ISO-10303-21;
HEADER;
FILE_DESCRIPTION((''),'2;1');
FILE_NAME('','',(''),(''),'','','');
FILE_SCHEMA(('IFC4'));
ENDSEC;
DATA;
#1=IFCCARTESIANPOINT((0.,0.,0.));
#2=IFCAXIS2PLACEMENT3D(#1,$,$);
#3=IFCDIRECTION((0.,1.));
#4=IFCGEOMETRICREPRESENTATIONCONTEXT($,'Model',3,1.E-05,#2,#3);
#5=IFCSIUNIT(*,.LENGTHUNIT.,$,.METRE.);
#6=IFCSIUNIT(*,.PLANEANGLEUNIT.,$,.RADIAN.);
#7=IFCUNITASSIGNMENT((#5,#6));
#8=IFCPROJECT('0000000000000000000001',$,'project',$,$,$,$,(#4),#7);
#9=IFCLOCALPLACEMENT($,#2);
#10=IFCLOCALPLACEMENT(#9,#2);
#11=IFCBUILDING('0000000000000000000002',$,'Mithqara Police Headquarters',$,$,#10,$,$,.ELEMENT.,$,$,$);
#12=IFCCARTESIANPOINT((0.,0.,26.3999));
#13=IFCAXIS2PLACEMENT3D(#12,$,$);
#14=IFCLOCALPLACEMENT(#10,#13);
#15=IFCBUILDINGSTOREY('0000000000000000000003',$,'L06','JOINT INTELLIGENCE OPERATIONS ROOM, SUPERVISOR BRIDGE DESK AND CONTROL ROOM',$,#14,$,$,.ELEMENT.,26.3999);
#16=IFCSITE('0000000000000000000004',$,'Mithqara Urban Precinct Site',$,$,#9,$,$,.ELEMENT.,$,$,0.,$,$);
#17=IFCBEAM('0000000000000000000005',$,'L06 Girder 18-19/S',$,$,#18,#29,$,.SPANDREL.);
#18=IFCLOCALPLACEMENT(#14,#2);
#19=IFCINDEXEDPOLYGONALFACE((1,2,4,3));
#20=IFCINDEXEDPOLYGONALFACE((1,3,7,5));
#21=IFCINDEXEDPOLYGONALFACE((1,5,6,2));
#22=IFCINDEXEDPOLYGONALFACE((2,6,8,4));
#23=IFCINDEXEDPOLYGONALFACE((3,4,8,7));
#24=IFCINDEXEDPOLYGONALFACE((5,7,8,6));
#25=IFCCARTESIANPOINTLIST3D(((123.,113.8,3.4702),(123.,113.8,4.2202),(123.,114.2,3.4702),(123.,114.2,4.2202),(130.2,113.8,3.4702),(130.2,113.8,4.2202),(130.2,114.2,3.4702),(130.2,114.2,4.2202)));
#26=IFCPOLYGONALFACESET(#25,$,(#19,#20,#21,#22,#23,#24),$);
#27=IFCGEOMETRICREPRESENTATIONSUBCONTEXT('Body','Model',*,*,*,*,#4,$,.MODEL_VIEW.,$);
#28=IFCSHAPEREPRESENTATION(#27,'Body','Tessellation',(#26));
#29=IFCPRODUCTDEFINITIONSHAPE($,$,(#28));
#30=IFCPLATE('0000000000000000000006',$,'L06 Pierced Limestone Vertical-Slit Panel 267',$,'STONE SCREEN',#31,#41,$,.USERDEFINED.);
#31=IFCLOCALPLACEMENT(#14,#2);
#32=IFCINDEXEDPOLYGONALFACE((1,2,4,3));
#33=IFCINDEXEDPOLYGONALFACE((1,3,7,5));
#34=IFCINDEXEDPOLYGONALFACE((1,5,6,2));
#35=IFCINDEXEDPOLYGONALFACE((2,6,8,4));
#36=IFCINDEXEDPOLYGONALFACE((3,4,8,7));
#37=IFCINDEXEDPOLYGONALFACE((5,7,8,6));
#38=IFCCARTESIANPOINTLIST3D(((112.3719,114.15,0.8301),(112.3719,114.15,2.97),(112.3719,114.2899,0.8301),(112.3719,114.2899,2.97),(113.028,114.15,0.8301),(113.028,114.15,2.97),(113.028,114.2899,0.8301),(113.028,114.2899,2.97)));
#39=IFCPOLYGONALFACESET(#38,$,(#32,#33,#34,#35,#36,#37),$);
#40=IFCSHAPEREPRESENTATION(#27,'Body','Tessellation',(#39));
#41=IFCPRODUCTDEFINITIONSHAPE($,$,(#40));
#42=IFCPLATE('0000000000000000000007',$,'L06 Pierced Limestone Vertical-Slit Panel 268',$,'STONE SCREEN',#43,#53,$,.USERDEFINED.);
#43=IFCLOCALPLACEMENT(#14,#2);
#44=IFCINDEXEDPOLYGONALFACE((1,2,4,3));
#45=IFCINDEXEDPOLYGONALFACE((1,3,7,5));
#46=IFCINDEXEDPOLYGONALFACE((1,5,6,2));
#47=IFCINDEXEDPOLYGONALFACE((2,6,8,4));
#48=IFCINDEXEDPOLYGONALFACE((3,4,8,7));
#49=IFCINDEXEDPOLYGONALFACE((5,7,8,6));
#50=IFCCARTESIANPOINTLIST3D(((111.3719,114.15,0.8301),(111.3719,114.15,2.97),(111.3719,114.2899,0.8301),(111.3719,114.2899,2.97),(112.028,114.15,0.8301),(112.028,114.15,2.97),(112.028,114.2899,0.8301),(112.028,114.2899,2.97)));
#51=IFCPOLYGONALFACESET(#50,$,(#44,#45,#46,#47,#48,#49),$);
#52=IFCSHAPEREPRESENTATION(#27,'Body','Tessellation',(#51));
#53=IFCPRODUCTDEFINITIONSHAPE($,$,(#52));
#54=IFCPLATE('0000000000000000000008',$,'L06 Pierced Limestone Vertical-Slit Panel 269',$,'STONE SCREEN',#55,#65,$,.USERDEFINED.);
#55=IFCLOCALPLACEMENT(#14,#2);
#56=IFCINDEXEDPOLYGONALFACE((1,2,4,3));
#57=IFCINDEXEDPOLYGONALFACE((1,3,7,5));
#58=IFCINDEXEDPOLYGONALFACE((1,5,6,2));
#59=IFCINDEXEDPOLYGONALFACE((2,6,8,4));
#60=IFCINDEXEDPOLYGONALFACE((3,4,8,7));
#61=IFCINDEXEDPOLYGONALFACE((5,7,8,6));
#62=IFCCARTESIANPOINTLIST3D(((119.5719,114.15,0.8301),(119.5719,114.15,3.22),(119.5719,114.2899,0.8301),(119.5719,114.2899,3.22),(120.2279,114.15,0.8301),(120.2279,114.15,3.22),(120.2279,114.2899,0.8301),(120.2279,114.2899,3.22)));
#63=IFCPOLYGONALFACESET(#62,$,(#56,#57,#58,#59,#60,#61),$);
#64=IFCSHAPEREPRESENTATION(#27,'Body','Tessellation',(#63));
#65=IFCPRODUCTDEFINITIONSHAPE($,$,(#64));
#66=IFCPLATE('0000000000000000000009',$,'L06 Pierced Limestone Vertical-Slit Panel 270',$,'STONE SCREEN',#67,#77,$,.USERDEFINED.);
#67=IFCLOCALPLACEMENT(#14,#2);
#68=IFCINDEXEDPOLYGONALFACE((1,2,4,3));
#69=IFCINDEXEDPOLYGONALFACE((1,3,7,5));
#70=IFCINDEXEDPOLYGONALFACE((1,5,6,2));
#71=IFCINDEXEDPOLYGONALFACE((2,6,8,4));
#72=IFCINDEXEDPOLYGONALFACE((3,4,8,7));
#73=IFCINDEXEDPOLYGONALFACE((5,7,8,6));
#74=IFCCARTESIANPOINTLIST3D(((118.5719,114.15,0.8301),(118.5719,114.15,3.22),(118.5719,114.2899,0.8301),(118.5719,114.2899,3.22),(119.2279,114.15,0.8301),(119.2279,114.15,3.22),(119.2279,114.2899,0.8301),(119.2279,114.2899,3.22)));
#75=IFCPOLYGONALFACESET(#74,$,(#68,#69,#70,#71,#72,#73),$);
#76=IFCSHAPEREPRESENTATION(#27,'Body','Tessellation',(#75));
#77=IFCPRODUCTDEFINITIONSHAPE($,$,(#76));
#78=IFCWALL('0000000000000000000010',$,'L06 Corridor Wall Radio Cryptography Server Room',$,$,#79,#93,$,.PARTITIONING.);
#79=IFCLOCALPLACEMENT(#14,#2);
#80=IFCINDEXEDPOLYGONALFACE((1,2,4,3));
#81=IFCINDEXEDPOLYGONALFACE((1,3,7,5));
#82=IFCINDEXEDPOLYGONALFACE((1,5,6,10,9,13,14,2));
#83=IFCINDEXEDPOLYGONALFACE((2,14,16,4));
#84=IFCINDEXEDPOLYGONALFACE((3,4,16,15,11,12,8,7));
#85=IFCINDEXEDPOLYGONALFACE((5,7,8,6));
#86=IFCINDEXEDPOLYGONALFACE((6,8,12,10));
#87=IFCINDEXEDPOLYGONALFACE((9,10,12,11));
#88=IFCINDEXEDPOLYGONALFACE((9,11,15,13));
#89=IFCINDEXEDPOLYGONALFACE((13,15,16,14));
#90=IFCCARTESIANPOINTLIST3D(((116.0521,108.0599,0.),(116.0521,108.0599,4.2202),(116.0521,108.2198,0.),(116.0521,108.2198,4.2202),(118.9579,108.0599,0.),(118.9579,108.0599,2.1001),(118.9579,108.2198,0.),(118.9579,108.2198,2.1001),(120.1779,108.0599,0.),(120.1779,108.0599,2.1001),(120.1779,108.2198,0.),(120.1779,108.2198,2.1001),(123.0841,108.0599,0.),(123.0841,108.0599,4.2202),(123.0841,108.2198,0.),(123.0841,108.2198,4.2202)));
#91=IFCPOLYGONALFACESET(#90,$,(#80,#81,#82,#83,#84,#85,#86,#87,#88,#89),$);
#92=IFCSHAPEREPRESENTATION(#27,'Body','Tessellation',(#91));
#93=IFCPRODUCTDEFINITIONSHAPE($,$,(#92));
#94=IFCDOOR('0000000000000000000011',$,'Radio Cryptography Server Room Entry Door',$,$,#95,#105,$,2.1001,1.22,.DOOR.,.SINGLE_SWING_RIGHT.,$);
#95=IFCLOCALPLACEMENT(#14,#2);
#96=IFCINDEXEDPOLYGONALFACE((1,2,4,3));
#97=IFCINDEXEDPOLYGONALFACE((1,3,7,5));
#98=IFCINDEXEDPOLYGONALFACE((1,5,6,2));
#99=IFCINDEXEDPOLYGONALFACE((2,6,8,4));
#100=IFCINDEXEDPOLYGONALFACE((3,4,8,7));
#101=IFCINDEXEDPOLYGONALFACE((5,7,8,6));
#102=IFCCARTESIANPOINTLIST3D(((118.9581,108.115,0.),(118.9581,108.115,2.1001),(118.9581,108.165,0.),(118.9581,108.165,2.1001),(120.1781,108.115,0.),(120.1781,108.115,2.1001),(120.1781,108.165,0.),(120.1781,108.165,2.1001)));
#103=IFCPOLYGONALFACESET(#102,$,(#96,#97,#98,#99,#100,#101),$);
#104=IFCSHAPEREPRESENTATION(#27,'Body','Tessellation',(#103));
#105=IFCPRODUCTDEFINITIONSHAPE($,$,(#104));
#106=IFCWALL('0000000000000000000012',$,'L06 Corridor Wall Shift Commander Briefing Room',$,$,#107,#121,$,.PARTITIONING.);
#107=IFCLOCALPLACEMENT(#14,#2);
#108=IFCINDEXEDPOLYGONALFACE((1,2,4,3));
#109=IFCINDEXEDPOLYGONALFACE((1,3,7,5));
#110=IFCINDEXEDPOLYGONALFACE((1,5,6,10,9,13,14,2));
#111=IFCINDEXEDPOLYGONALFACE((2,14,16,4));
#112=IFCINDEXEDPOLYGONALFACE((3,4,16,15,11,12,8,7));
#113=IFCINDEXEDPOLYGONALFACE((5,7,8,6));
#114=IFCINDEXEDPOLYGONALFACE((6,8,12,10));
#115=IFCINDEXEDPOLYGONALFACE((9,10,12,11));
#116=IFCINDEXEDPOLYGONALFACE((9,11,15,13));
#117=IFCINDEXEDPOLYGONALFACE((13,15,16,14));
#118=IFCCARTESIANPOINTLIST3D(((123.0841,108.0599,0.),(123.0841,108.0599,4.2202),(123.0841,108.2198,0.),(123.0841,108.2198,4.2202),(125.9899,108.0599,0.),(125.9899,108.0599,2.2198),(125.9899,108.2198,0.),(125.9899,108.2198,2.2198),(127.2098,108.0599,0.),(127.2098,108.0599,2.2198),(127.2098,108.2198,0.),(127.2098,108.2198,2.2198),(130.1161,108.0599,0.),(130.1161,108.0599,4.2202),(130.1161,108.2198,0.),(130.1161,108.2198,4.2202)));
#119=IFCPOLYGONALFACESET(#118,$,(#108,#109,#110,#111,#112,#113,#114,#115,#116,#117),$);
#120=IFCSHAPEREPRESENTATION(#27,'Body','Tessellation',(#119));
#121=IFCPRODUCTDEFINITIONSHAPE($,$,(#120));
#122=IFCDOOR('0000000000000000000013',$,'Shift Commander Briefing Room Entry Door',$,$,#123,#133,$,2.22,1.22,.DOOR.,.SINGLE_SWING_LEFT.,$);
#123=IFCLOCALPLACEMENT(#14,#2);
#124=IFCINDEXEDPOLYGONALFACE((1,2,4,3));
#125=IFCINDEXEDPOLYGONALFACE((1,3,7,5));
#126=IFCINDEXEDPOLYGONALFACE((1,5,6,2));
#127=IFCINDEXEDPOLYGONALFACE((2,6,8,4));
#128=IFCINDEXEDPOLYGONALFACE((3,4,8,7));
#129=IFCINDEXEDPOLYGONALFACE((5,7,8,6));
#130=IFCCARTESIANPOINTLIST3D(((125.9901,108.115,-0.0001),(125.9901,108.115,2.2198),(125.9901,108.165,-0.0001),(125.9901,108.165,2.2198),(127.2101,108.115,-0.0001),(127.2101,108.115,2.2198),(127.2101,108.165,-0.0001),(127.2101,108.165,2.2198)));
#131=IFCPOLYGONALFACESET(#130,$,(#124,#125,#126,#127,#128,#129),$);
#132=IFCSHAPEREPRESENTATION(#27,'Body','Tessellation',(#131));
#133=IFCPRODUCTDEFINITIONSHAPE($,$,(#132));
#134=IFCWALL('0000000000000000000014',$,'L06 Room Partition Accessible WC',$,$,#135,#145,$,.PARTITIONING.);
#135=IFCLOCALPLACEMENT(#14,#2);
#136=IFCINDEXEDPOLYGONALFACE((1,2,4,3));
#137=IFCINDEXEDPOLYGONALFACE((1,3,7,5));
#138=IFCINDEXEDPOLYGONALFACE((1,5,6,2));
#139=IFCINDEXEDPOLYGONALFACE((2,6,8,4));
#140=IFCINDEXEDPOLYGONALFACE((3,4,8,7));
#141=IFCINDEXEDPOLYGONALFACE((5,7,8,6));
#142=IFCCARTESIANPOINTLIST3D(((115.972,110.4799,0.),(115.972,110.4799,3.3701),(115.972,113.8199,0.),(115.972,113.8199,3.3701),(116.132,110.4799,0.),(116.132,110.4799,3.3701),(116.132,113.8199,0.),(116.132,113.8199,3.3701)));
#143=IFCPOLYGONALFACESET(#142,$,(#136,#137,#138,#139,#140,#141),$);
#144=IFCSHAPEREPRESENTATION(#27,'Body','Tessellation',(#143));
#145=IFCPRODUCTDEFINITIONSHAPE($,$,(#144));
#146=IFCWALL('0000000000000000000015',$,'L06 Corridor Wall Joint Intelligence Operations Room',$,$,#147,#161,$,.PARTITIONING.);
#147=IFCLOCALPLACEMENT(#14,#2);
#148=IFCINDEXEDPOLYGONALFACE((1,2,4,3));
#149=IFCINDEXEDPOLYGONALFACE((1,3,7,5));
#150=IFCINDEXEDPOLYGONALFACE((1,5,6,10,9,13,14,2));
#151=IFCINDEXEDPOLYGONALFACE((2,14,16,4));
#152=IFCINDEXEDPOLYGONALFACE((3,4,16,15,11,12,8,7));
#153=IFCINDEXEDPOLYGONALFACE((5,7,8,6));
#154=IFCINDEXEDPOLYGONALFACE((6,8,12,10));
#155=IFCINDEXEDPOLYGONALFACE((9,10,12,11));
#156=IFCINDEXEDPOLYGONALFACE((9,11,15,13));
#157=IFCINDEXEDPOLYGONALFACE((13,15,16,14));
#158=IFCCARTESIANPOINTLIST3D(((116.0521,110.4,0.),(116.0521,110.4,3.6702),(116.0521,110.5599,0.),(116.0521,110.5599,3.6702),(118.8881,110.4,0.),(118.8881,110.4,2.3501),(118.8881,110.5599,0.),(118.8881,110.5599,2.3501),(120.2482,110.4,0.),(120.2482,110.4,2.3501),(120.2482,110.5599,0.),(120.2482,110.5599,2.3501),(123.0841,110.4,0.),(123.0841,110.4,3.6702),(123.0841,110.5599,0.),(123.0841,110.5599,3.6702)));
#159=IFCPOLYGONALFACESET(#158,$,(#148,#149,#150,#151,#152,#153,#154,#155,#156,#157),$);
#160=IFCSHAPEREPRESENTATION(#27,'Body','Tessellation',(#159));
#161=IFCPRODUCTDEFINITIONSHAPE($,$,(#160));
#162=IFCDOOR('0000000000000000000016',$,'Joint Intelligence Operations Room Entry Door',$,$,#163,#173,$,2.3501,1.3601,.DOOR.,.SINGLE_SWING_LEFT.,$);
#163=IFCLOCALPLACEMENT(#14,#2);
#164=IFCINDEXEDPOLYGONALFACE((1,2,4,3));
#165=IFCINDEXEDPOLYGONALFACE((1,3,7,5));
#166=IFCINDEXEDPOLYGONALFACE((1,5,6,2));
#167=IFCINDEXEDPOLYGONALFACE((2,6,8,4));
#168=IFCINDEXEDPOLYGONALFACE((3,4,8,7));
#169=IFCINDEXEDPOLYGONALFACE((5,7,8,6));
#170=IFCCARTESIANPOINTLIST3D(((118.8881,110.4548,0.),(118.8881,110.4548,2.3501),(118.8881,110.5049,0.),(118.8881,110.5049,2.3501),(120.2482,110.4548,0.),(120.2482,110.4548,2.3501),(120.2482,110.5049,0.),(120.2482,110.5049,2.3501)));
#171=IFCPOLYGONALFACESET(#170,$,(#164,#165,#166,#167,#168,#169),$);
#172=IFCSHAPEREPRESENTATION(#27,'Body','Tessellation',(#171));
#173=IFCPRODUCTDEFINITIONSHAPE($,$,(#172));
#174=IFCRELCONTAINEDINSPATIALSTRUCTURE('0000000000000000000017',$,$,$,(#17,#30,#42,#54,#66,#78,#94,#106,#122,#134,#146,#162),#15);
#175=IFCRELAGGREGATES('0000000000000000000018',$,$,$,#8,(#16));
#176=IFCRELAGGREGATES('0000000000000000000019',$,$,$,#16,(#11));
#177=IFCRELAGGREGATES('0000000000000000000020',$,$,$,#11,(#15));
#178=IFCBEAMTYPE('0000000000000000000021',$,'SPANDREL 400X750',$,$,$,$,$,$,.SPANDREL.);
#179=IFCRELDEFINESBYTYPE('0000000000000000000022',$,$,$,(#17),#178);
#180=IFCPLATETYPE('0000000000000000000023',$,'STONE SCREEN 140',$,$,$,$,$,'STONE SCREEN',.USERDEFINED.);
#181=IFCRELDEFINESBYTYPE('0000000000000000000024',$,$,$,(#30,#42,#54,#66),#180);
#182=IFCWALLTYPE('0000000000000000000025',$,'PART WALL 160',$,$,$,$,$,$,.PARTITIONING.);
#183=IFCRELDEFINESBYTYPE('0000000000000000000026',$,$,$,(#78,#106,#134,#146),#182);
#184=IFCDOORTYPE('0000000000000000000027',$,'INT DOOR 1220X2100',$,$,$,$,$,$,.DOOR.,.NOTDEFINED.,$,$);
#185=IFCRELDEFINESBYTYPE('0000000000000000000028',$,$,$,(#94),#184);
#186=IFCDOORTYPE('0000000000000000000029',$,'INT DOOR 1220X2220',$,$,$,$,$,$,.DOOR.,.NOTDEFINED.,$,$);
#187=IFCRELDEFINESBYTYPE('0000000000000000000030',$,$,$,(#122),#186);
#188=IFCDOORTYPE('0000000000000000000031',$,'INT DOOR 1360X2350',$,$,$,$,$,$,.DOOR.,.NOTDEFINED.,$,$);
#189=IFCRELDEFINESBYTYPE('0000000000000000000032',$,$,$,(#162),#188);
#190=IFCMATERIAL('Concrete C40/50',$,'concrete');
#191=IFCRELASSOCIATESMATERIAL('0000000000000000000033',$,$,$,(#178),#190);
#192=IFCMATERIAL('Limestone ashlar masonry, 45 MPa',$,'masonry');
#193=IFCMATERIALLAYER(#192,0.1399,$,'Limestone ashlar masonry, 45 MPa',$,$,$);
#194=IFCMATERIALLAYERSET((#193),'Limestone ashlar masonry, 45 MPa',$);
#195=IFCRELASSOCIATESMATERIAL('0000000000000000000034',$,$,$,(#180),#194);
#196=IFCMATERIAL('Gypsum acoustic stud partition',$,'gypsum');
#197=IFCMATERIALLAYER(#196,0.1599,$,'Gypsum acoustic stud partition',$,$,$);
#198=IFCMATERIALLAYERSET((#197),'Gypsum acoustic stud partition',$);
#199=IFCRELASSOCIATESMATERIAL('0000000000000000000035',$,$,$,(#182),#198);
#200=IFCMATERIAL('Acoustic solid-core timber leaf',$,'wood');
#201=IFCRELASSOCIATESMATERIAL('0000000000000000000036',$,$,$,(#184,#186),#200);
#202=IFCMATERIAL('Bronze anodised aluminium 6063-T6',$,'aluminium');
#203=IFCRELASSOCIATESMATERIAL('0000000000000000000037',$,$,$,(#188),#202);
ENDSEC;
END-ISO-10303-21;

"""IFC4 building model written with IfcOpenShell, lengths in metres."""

from ifc_helpers import new_model, si_unit, direction, frame, frame_2d, origin, origin_2d, place, context, subcontext, project, spatial, rectangle, extrude, material, layer, layer_set, material_profile, profile_set, type_object, element, fill, save


model = new_model("IFC4")

# Units and contexts
model_context = context("Model", 3, precision=1e-05, world=origin(), true_north=direction((0.0, 1.0)))
body_context = subcontext(model_context, "Body", "Model", "MODEL_VIEW")
ifc_project = project(units=[si_unit("LENGTHUNIT", "METRE"), si_unit("PLANEANGLEUNIT", "RADIAN")], contexts=[model_context])

# Site, building, storey
site_placement = place(None, origin())
site = spatial("IfcSite", under=ifc_project, at=site_placement, Name="Mithqara Urban Precinct Site", CompositionType="ELEMENT", RefElevation=0.0)
building_placement = place(site_placement, origin())
building = spatial("IfcBuilding", under=site, at=building_placement, Name="Mithqara Police Headquarters", CompositionType="ELEMENT")
storey_placement = place(building_placement, frame((0.0, 0.0, 26.3999)))
storey = spatial("IfcBuildingStorey", under=building, at=storey_placement, Name="L06", Description="JOINT INTELLIGENCE OPERATIONS ROOM, SUPERVISOR BRIDGE DESK AND CONTROL ROOM", CompositionType="ELEMENT", Elevation=26.3999)

# Beam
ifc_material_1 = material(Name="Concrete C40/50", Category="concrete")
ifc_material_profile_1 = material_profile(ifc_material_1, rectangle(XDim=0.3999, YDim=0.75, at=origin_2d()), Name="SPB 400x750")
ifc_profile_set_1 = profile_set([ifc_material_profile_1], Name="Concrete C40/50")
beam_type_1 = type_object("IfcBeamType", Name="SPANDREL 400X750", PredefinedType="SPANDREL", material=ifc_profile_set_1)
beam_1_placement = place(storey_placement, frame((123.0, 114.0, 3.8452), z_axis=(1.0, 0.0, 0.0), x_axis=(0.0, 1.0, 0.0)))
element("IfcBeam", 1, at=beam_1_placement, inside=storey, type_object=beam_type_1, Name="L06 Girder 18-19/S", PredefinedType="SPANDREL", context=body_context, shape_type="SweptSolid", body=[
    extrude(rectangle(XDim=0.3999, YDim=0.75, at=origin_2d()), origin(), (0.0, 0.0, 1.0), 7.2),
])

# Plates
ifc_material_2 = material(Name="Limestone ashlar masonry, 45 MPa", Category="masonry")
ifc_layer_1 = layer(ifc_material_2, 0.1399, Name="Limestone ashlar masonry, 45 MPa")
ifc_layer_set_1 = layer_set([ifc_layer_1], Name="Limestone ashlar masonry, 45 MPa")
plate_type = type_object("IfcPlateType", Name="STONE SCREEN 140", ElementType="STONE SCREEN", PredefinedType="USERDEFINED", material=ifc_layer_set_1)
for number, where, z_axis, x_axis, name in (
    (2, (112.7, 114.22, 0.8301), (0.0, 0.0, 1.0), (1.0, 0.0, 0.0), "L06 Pierced Limestone Vertical-Slit Panel 267"),
    (3, (111.7, 114.22, 0.8301), (0.0, 0.0, 1.0), (1.0, 0.0, 0.0), "L06 Pierced Limestone Vertical-Slit Panel 268"),
):
    element("IfcPlate", number, at=place(storey_placement, frame(where, z_axis=z_axis, x_axis=x_axis)), inside=storey, type_object=plate_type, Name=name, ObjectType="STONE SCREEN", PredefinedType="USERDEFINED", context=body_context, shape_type="SweptSolid", body=[
        extrude(rectangle(XDim=0.656, YDim=0.1399, at=origin_2d()), origin(), (0.0, 0.0, 1.0), 2.1399),
    ])
for number, where, z_axis, x_axis, name in (
    (4, (119.8999, 114.22, 0.8301), (0.0, 0.0, 1.0), (1.0, 0.0, 0.0), "L06 Pierced Limestone Vertical-Slit Panel 269"),
    (5, (118.8999, 114.22, 0.8301), (0.0, 0.0, 1.0), (1.0, 0.0, 0.0), "L06 Pierced Limestone Vertical-Slit Panel 270"),
):
    element("IfcPlate", number, at=place(storey_placement, frame(where, z_axis=z_axis, x_axis=x_axis)), inside=storey, type_object=plate_type, Name=name, ObjectType="STONE SCREEN", PredefinedType="USERDEFINED", context=body_context, shape_type="SweptSolid", body=[
        extrude(rectangle(XDim=0.656, YDim=0.1399, at=origin_2d()), origin(), (0.0, 0.0, 1.0), 2.3899),
    ])

# Walls, openings, doors
ifc_material_3 = material(Name="Gypsum acoustic stud partition", Category="gypsum")
ifc_layer_2 = layer(ifc_material_3, 0.1599, Name="Gypsum acoustic stud partition")
ifc_layer_set_2 = layer_set([ifc_layer_2], Name="Gypsum acoustic stud partition")
wall_type = type_object("IfcWallType", Name="PART WALL 160", PredefinedType="PARTITIONING", material=ifc_layer_set_2)
wall_1_placement = place(storey_placement, frame((116.052, 108.1399, 0.0), z_axis=(0.0, 0.0, 1.0), x_axis=(1.0, 0.0, 0.0)))
wall_1 = element("IfcWall", 6, at=wall_1_placement, inside=storey, type_object=wall_type, Name="L06 Corridor Wall Radio Cryptography Server Room", PredefinedType="PARTITIONING", context=body_context, shape_type="SweptSolid", body=[
    extrude(rectangle(XDim=7.032, YDim=0.1599, at=frame_2d((3.5161, 0.0))), origin(), (0.0, 0.0, 1.0), 4.2202),
])
opening_1_placement = place(wall_1_placement, frame((2.906, 0.0, 0.0)))
opening_1 = element("IfcOpeningElement", 7, at=opening_1_placement, cuts=wall_1, PredefinedType="OPENING", context=body_context, shape_type="SweptSolid", body=[
    extrude(rectangle(XDim=1.22, YDim=2.1001, at=frame_2d((0.6099, 1.05))), frame((0.0, 0.0898, 0.0), z_axis=(0.0, -1.0, 0.0), x_axis=(1.0, 0.0, 0.0)), (0.0, 0.0, 1.0), 0.1799),
])
ifc_material_4 = material(Name="Acoustic solid-core timber leaf", Category="wood")
door_type_1 = type_object("IfcDoorType", Name="INT DOOR 1220X2100", OperationType="NOTDEFINED", PredefinedType="DOOR", material=ifc_material_4)
door_1_placement = place(opening_1_placement, frame((1.22, 0.0, 0.0), z_axis=(0.0, 0.0, 1.0), x_axis=(-1.0, 0.0, 0.0)))
door_1 = element("IfcDoor", 8, at=door_1_placement, inside=storey, type_object=door_type_1, Name="Radio Cryptography Server Room Entry Door", OperationType="SINGLE_SWING_RIGHT", OverallHeight=2.1001, OverallWidth=1.22, PredefinedType="DOOR", context=body_context, shape_type="SweptSolid", body=[
    extrude(rectangle(XDim=1.22, YDim=2.1001, at=frame_2d((0.6099, 1.05))), frame((0.0, 0.0249, 0.0), z_axis=(0.0, -1.0, 0.0), x_axis=(1.0, 0.0, 0.0)), (0.0, 0.0, 1.0), 0.05),
])
fill(opening_1, door_1)
wall_2_placement = place(storey_placement, frame((123.084, 108.1399, 0.0), z_axis=(0.0, 0.0, 1.0), x_axis=(1.0, 0.0, 0.0)))
wall_2 = element("IfcWall", 9, at=wall_2_placement, inside=storey, type_object=wall_type, Name="L06 Corridor Wall Shift Commander Briefing Room", PredefinedType="PARTITIONING", context=body_context, shape_type="SweptSolid", body=[
    extrude(rectangle(XDim=7.032, YDim=0.1599, at=frame_2d((3.5161, 0.0))), origin(), (0.0, 0.0, 1.0), 4.2202),
])
opening_2_placement = place(wall_2_placement, frame((2.906, 0.0, 0.0)))
opening_2 = element("IfcOpeningElement", 10, at=opening_2_placement, cuts=wall_2, PredefinedType="OPENING", context=body_context, shape_type="SweptSolid", body=[
    extrude(rectangle(XDim=1.22, YDim=2.22, at=frame_2d((0.6099, 1.1099))), frame((0.0, 0.0898, 0.0), z_axis=(0.0, -1.0, 0.0), x_axis=(1.0, 0.0, 0.0)), (0.0, 0.0, 1.0), 0.1799),
])
door_type_2 = type_object("IfcDoorType", Name="INT DOOR 1220X2220", OperationType="NOTDEFINED", PredefinedType="DOOR", material=ifc_material_4)
door_2_placement = place(opening_2_placement, frame((1.22, 0.0, 0.0), z_axis=(0.0, 0.0, 1.0), x_axis=(-1.0, 0.0, 0.0)))
door_2 = element("IfcDoor", 11, at=door_2_placement, inside=storey, type_object=door_type_2, Name="Shift Commander Briefing Room Entry Door", OperationType="SINGLE_SWING_LEFT", OverallHeight=2.22, OverallWidth=1.22, PredefinedType="DOOR", context=body_context, shape_type="SweptSolid", body=[
    extrude(rectangle(XDim=1.22, YDim=2.22, at=frame_2d((0.6099, 1.1099))), frame((0.0, 0.0249, 0.0), z_axis=(0.0, -1.0, 0.0), x_axis=(1.0, 0.0, 0.0)), (0.0, 0.0, 1.0), 0.05),
])
fill(opening_2, door_2)

# Wall
wall_3_placement = place(storey_placement, frame((116.052, 110.48, 0.0), z_axis=(0.0, 0.0, 1.0), x_axis=(0.0, 1.0, 0.0)))
element("IfcWall", 12, at=wall_3_placement, inside=storey, type_object=wall_type, Name="L06 Room Partition Accessible WC", PredefinedType="PARTITIONING", context=body_context, shape_type="SweptSolid", body=[
    extrude(rectangle(XDim=3.3401, YDim=0.1599, at=frame_2d((1.6699, 0.0))), origin(), (0.0, 0.0, 1.0), 3.3701),
])

# Wall, opening, door
wall_4_placement = place(storey_placement, frame((116.052, 110.48, 0.0), z_axis=(0.0, 0.0, 1.0), x_axis=(1.0, 0.0, 0.0)))
wall_4 = element("IfcWall", 13, at=wall_4_placement, inside=storey, type_object=wall_type, Name="L06 Corridor Wall Joint Intelligence Operations Room", PredefinedType="PARTITIONING", context=body_context, shape_type="SweptSolid", body=[
    extrude(rectangle(XDim=7.032, YDim=0.1599, at=frame_2d((3.5161, 0.0))), origin(), (0.0, 0.0, 1.0), 3.6702),
])
opening_3_placement = place(wall_4_placement, frame((2.8359, 0.0, 0.0)))
opening_3 = element("IfcOpeningElement", 14, at=opening_3_placement, cuts=wall_4, PredefinedType="OPENING", context=body_context, shape_type="SweptSolid", body=[
    extrude(rectangle(XDim=1.3601, YDim=2.3501, at=frame_2d((0.6802, 1.175))), frame((0.0, 0.0898, 0.0), z_axis=(0.0, -1.0, 0.0), x_axis=(1.0, 0.0, 0.0)), (0.0, 0.0, 1.0), 0.1799),
])
ifc_material_5 = material(Name="Bronze anodised aluminium 6063-T6", Category="aluminium")
door_type_3 = type_object("IfcDoorType", Name="INT DOOR 1360X2350", OperationType="NOTDEFINED", PredefinedType="DOOR", material=ifc_material_5)
door_3_placement = place(opening_3_placement, origin())
door_3 = element("IfcDoor", 15, at=door_3_placement, inside=storey, type_object=door_type_3, Name="Joint Intelligence Operations Room Entry Door", OperationType="SINGLE_SWING_LEFT", OverallHeight=2.3501, OverallWidth=1.3601, PredefinedType="DOOR", context=body_context, shape_type="SweptSolid", body=[
    extrude(rectangle(XDim=1.3601, YDim=2.3501, at=frame_2d((0.6802, 1.175))), frame((0.0, 0.0249, 0.0), z_axis=(0.0, -1.0, 0.0), x_axis=(1.0, 0.0, 0.0)), (0.0, 0.0, 1.0), 0.05),
])
fill(opening_3, door_3)

save(model, "model.ifc")
